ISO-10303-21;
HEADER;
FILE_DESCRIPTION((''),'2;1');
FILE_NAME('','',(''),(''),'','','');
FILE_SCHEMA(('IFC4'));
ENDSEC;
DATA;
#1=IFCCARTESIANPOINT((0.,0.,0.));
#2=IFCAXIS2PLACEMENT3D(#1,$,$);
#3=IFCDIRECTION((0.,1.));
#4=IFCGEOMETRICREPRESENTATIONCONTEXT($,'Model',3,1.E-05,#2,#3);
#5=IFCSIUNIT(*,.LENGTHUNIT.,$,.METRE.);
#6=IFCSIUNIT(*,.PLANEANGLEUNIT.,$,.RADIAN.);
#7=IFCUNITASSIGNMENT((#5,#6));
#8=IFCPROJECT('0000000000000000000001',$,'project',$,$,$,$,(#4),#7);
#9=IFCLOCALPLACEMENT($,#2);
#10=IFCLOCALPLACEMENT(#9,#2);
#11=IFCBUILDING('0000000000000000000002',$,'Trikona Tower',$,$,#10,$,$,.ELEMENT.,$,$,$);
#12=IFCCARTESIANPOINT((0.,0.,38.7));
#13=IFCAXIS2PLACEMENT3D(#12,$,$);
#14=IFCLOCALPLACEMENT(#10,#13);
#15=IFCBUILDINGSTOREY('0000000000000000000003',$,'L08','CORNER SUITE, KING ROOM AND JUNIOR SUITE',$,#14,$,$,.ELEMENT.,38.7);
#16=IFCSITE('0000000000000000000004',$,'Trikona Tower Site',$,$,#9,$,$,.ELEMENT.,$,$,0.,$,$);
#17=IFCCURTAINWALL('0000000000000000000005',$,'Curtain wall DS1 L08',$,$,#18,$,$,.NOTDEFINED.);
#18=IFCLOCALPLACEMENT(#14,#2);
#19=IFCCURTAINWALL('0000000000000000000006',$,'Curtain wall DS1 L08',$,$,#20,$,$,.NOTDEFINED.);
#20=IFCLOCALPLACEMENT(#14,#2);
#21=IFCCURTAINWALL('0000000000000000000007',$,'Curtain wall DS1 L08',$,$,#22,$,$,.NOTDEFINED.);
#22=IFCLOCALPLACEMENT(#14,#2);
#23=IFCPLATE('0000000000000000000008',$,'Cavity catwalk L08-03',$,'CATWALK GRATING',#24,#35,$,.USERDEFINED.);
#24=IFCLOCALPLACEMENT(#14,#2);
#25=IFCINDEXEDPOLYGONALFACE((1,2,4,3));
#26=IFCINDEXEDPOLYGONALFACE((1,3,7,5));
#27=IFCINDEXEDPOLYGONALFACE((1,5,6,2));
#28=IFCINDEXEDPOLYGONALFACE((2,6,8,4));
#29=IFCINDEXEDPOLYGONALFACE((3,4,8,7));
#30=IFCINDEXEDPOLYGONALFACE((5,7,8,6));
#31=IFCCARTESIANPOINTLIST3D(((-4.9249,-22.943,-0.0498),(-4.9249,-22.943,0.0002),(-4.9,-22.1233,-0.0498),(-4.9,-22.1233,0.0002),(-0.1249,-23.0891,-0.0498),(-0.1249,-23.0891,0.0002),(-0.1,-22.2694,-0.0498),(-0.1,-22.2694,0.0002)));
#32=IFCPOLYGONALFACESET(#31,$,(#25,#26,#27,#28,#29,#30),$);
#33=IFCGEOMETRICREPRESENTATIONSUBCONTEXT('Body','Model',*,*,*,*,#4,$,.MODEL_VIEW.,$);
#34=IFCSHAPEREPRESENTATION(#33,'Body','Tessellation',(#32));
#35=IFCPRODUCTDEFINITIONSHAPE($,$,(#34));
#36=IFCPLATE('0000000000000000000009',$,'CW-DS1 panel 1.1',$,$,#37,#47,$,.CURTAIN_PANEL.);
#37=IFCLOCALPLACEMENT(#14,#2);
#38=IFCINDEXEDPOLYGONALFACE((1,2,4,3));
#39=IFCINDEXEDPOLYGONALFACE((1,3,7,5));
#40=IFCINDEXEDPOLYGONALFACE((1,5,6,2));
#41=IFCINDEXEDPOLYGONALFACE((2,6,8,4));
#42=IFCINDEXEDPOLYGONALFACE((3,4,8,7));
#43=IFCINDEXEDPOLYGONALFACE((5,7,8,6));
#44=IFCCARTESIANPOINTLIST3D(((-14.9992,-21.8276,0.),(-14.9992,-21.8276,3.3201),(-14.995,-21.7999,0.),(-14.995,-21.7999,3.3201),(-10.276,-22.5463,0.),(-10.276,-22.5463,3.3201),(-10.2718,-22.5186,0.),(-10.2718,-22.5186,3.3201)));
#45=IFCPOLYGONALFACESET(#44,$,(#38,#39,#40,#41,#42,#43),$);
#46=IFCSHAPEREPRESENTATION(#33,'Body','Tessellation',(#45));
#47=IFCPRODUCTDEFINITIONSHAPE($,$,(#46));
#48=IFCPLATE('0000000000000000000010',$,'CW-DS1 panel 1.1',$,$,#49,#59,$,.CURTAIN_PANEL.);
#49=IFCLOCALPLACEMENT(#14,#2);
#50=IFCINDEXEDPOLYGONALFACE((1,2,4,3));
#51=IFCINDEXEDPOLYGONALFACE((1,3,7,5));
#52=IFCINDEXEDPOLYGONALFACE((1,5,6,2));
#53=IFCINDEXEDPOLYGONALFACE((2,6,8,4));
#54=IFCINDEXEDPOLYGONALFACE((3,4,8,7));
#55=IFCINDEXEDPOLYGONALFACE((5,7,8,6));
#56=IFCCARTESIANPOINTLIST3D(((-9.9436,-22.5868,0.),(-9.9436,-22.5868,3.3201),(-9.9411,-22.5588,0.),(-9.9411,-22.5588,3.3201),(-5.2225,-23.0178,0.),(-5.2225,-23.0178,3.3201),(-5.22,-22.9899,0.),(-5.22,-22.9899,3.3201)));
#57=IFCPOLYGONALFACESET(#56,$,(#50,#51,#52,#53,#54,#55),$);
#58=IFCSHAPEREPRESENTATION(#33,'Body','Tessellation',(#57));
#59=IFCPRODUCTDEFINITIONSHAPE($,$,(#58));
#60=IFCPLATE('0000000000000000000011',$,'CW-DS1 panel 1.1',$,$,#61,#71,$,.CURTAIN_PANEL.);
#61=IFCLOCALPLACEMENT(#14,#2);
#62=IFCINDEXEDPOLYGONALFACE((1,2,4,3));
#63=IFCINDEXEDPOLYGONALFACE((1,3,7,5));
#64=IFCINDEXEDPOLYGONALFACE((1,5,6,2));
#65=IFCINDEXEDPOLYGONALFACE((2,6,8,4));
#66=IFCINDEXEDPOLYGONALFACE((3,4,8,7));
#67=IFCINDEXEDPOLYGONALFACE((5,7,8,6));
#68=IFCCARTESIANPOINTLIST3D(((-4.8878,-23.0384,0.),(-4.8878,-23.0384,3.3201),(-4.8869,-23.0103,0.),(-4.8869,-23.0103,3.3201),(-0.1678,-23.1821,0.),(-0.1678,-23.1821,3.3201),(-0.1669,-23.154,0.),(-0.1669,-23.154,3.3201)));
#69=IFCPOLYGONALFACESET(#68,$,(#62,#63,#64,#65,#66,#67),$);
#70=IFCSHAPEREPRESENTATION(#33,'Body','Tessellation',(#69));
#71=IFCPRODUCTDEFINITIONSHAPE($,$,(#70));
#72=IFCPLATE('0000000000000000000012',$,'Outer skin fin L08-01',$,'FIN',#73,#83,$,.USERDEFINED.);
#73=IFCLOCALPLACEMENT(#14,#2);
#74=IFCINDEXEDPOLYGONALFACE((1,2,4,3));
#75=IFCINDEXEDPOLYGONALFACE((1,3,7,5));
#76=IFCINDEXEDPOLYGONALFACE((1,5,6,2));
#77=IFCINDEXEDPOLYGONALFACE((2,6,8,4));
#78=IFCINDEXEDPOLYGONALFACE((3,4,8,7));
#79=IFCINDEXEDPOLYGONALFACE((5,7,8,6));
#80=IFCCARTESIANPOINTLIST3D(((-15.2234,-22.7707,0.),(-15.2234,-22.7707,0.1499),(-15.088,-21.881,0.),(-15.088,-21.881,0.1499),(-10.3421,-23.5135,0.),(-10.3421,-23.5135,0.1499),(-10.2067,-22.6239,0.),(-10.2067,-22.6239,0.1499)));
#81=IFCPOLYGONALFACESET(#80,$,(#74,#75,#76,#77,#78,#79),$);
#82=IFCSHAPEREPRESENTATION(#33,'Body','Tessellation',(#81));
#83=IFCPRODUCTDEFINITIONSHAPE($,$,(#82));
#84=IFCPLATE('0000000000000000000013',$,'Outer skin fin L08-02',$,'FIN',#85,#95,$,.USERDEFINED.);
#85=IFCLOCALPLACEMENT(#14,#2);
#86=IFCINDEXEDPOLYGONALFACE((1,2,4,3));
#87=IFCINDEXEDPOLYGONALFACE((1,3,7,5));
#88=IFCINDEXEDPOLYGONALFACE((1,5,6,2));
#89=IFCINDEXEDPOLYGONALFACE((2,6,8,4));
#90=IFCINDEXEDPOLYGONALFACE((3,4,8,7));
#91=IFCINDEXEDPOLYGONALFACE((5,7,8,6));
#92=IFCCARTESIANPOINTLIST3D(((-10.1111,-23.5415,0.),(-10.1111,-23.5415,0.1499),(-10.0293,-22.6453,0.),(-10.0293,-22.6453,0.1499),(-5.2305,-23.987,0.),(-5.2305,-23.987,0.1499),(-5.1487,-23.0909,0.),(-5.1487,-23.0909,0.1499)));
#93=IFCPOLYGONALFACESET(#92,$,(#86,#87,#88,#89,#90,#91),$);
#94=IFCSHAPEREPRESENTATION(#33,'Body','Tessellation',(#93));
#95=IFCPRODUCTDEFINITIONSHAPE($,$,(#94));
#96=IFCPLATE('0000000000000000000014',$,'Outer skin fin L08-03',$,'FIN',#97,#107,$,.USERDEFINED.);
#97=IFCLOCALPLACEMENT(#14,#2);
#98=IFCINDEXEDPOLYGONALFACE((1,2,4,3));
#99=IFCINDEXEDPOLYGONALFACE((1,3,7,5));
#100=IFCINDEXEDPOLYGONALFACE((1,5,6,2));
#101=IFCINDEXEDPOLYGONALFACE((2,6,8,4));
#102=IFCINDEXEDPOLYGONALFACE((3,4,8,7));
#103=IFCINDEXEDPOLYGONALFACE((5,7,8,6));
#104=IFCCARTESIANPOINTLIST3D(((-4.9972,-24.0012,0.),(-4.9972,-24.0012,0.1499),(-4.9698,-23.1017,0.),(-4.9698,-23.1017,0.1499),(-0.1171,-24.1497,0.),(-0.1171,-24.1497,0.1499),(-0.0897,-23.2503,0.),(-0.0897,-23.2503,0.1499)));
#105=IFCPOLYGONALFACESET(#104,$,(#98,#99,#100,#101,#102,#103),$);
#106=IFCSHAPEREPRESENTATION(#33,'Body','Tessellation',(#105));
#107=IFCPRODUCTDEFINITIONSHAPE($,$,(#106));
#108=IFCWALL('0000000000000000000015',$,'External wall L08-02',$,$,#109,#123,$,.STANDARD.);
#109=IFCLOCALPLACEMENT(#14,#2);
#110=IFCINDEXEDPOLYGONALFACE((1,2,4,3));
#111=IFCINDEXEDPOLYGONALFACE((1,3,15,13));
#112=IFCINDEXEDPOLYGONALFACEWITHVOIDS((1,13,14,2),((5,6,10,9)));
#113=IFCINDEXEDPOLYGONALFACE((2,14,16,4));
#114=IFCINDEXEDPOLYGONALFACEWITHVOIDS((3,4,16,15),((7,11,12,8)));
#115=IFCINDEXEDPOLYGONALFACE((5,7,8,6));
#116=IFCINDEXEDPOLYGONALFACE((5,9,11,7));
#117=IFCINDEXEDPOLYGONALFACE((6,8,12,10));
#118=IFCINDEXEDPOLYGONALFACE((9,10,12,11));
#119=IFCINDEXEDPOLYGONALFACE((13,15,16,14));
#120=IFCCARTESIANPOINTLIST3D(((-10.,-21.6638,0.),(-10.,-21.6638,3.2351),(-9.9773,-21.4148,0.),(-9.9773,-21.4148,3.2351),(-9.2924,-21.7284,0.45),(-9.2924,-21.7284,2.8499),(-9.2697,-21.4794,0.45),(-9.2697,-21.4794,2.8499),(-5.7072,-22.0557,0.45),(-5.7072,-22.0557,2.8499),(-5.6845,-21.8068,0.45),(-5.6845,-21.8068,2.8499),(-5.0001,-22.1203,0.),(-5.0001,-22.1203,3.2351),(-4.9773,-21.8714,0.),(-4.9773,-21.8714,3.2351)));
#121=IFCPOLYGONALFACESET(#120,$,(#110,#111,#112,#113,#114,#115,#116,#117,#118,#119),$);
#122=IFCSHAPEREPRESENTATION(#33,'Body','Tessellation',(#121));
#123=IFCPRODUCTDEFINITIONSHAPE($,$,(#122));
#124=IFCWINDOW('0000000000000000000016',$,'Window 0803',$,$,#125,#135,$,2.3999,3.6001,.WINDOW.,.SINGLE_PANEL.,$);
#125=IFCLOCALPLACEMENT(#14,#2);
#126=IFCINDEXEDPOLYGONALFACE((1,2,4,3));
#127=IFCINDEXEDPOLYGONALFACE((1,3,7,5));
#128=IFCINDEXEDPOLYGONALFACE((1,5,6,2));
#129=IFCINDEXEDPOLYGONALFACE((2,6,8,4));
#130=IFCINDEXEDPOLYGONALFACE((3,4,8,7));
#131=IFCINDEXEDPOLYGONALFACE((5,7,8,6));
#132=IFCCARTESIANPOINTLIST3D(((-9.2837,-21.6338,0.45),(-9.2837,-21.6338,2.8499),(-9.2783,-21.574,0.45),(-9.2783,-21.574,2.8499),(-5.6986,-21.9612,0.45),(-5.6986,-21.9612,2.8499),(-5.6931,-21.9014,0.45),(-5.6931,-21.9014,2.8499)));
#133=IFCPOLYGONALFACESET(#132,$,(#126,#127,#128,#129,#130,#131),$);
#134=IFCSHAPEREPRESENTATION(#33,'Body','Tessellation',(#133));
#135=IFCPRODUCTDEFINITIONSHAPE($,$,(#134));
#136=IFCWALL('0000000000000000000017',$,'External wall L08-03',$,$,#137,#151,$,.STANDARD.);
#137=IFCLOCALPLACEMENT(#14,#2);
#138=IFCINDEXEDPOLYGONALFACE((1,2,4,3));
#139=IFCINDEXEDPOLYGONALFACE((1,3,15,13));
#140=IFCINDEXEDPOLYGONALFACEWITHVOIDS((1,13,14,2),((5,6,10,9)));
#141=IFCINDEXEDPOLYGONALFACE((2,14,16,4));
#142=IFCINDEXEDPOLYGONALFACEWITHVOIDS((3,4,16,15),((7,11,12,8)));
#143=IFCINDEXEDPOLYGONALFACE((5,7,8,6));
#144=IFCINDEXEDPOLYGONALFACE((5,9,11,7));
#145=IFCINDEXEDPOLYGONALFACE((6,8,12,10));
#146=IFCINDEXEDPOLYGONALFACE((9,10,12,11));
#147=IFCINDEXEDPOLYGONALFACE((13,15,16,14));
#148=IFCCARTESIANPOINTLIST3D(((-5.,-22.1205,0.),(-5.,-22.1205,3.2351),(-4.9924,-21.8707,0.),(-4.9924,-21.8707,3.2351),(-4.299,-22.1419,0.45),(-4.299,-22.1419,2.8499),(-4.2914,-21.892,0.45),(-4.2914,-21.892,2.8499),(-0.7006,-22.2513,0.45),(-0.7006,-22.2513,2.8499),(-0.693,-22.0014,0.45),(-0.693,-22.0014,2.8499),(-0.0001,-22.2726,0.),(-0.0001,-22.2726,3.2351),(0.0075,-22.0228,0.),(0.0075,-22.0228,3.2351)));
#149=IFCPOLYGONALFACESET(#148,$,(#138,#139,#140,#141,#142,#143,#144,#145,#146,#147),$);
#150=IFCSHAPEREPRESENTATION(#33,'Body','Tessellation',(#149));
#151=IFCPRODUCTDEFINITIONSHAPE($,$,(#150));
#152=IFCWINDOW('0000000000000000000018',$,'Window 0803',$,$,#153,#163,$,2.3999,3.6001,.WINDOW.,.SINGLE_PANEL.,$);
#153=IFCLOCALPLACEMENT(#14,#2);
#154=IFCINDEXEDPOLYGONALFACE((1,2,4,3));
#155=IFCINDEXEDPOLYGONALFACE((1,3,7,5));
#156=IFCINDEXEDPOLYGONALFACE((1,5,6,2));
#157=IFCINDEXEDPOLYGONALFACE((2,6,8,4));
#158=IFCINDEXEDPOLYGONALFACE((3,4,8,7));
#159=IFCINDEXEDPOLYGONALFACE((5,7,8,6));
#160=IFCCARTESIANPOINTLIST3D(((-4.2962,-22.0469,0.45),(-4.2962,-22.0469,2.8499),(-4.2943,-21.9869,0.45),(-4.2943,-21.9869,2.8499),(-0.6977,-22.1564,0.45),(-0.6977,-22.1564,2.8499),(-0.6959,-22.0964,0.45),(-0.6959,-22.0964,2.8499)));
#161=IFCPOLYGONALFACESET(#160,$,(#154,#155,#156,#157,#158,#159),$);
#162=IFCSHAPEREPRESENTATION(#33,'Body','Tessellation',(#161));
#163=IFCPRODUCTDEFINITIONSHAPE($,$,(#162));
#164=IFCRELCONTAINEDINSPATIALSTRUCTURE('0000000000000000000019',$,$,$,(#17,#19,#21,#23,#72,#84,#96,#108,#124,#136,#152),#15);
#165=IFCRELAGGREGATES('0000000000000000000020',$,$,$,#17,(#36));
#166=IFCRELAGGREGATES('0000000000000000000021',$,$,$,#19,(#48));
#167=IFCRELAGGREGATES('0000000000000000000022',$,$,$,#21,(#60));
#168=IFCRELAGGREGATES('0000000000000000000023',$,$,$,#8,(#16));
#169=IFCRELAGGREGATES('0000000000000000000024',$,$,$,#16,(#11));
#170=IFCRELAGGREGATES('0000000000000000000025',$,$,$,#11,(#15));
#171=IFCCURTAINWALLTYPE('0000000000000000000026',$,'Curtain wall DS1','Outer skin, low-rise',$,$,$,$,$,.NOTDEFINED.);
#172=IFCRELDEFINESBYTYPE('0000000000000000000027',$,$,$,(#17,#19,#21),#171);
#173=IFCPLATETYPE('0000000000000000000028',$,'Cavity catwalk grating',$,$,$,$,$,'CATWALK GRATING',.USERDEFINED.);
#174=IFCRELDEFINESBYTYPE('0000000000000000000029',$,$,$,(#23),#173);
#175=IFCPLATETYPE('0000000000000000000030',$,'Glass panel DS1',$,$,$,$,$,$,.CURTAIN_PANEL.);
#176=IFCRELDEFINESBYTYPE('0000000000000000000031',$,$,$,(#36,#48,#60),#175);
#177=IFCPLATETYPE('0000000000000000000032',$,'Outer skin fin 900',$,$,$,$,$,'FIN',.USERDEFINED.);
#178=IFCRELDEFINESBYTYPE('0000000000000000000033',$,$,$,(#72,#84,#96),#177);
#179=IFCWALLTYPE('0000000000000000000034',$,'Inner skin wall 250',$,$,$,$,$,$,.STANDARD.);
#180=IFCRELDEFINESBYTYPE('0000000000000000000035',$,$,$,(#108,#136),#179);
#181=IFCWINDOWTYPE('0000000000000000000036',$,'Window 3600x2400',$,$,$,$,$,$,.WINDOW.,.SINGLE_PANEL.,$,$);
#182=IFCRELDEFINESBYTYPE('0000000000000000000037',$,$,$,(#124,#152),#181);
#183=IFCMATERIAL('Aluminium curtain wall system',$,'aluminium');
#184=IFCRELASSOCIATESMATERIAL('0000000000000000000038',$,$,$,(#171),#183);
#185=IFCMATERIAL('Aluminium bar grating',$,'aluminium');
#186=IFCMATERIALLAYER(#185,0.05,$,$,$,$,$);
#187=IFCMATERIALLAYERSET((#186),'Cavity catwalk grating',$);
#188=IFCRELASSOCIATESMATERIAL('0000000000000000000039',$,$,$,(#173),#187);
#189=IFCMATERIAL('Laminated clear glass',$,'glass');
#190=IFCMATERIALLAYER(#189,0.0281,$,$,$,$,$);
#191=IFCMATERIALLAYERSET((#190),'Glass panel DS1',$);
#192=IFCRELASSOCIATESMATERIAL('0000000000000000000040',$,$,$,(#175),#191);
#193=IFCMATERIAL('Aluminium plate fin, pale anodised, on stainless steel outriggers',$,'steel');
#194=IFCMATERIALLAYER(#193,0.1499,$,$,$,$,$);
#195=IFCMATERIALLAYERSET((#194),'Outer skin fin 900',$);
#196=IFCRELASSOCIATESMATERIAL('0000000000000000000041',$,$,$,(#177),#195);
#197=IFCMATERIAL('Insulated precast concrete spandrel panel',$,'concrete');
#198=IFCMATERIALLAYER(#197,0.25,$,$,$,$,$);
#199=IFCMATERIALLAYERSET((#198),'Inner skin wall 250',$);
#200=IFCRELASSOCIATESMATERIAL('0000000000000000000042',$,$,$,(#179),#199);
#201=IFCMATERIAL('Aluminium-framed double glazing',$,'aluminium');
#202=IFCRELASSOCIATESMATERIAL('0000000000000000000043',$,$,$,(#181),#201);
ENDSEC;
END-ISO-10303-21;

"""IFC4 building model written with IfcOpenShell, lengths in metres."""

from ifc_helpers import new_model, si_unit, direction, frame, frame_2d, origin, origin_2d, place, context, subcontext, project, spatial, rectangle, extrude, material, layer, layer_set, type_object, element, fill, aggregate, save


model = new_model("IFC4")

# Units and contexts
model_context = context("Model", 3, precision=1e-05, world=origin(), true_north=direction((0.0, 1.0)))
body_context = subcontext(model_context, "Body", "Model", "MODEL_VIEW")
ifc_project = project(units=[si_unit("LENGTHUNIT", "METRE"), si_unit("PLANEANGLEUNIT", "RADIAN")], contexts=[model_context])

# Site, building, storey
site_placement = place(None, origin())
site = spatial("IfcSite", under=ifc_project, at=site_placement, Name="Trikona Tower Site", CompositionType="ELEMENT", RefElevation=0.0)
building_placement = place(site_placement, origin())
building = spatial("IfcBuilding", under=site, at=building_placement, Name="Trikona Tower", CompositionType="ELEMENT")
storey_placement = place(building_placement, frame((0.0, 0.0, 38.7)))
storey = spatial("IfcBuildingStorey", under=building, at=storey_placement, Name="L08", Description="CORNER SUITE, KING ROOM AND JUNIOR SUITE", CompositionType="ELEMENT", Elevation=38.7)

# Curtain wall
ifc_material_1 = material(Name="Aluminium curtain wall system", Category="aluminium")
curtain_wall_type = type_object("IfcCurtainWallType", Name="Curtain wall DS1", Description="Outer skin, low-rise", PredefinedType="NOTDEFINED", material=ifc_material_1)
curtain_wall_1_placement = place(storey_placement, origin())
curtain_wall_1 = element("IfcCurtainWall", 1, at=curtain_wall_1_placement, inside=storey, type_object=curtain_wall_type, Name="Curtain wall DS1 L08", PredefinedType="NOTDEFINED")

# Curtain walls
curtain_wall_2_placement = place(storey_placement, origin())
curtain_wall_2 = element("IfcCurtainWall", 2, at=curtain_wall_2_placement, inside=storey, type_object=curtain_wall_type, Name="Curtain wall DS1 L08", PredefinedType="NOTDEFINED")
curtain_wall_3_placement = place(storey_placement, origin())
curtain_wall_3 = element("IfcCurtainWall", 3, at=curtain_wall_3_placement, inside=storey, type_object=curtain_wall_type, Name="Curtain wall DS1 L08", PredefinedType="NOTDEFINED")

# Plate
ifc_material_2 = material(Name="Aluminium bar grating", Category="aluminium")
ifc_layer_1 = layer(ifc_material_2, 0.05)
ifc_layer_set_1 = layer_set([ifc_layer_1], Name="Cavity catwalk grating")
plate_type_1 = type_object("IfcPlateType", Name="Cavity catwalk grating", ElementType="CATWALK GRATING", PredefinedType="USERDEFINED", material=ifc_layer_set_1)
plate_1_placement = place(storey_placement, frame((-2.5125, -22.6062, -0.0498), z_axis=(0.0, 0.0, 1.0), x_axis=(0.999537, -0.030425, 0.0)))
element("IfcPlate", 4, at=plate_1_placement, inside=storey, type_object=plate_type_1, Name="Cavity catwalk L08-03", ObjectType="CATWALK GRATING", PredefinedType="USERDEFINED", context=body_context, shape_type="SweptSolid", body=[
    extrude(rectangle(XDim=4.8022, YDim=0.8201, at=origin_2d()), origin(), (0.0, 0.0, 1.0), 0.05),
])

# Plates
ifc_material_3 = material(Name="Laminated clear glass", Category="glass")
ifc_layer_2 = layer(ifc_material_3, 0.0281)
ifc_layer_set_2 = layer_set([ifc_layer_2], Name="Glass panel DS1")
plate_type_2 = type_object("IfcPlateType", Name="Glass panel DS1", PredefinedType="CURTAIN_PANEL", material=ifc_layer_set_2)
plate_2_placement = place(storey_placement, frame((-12.6355, -22.1731, 0.0), z_axis=(0.0, 0.0, 1.0), x_axis=(0.988619, -0.150438, 0.0)))
plate_2 = element("IfcPlate", 5, at=plate_2_placement, type_object=plate_type_2, Name="CW-DS1 panel 1.1", PredefinedType="CURTAIN_PANEL", context=body_context, shape_type="SweptSolid", body=[
    extrude(rectangle(XDim=4.7776, YDim=0.0281, at=origin_2d()), origin(), (0.0, 0.0, 1.0), 3.3201),
])
aggregate(curtain_wall_1, [plate_2])
plate_3_placement = place(storey_placement, frame((-7.5818, -22.7883, 0.0), z_axis=(0.0, 0.0, 1.0), x_axis=(0.995858, -0.090924, 0.0)))
plate_3 = element("IfcPlate", 6, at=plate_3_placement, type_object=plate_type_2, Name="CW-DS1 panel 1.1", PredefinedType="CURTAIN_PANEL", context=body_context, shape_type="SweptSolid", body=[
    extrude(rectangle(XDim=4.7407, YDim=0.0281, at=origin_2d()), origin(), (0.0, 0.0, 1.0), 3.3201),
])
aggregate(curtain_wall_2, [plate_3])
plate_4_placement = place(storey_placement, frame((-2.5273, -23.0962, 0.0), z_axis=(0.0, 0.0, 1.0), x_axis=(0.999537, -0.030437, 0.0)))
plate_4 = element("IfcPlate", 7, at=plate_4_placement, type_object=plate_type_2, Name="CW-DS1 panel 1.1", PredefinedType="CURTAIN_PANEL", context=body_context, shape_type="SweptSolid", body=[
    extrude(rectangle(XDim=4.7222, YDim=0.0281, at=origin_2d()), origin(), (0.0, 0.0, 1.0), 3.3201),
])
aggregate(curtain_wall_3, [plate_4])

# Plates
ifc_material_4 = material(Name="Aluminium plate fin, pale anodised, on stainless steel outriggers", Category="steel")
ifc_layer_3 = layer(ifc_material_4, 0.1499)
ifc_layer_set_3 = layer_set([ifc_layer_3], Name="Outer skin fin 900")
plate_type_3 = type_object("IfcPlateType", Name="Outer skin fin 900", ElementType="FIN", PredefinedType="USERDEFINED", material=ifc_layer_set_3)
plate_5_placement = place(storey_placement, frame((-12.7151, -22.6973, 0.0), z_axis=(0.0, 0.0, 1.0), x_axis=(0.988618, -0.150448, 0.0)))
element("IfcPlate", 8, at=plate_5_placement, inside=storey, type_object=plate_type_3, Name="Outer skin fin L08-01", ObjectType="FIN", PredefinedType="USERDEFINED", context=body_context, shape_type="SweptSolid", body=[
    extrude(rectangle(XDim=4.9375, YDim=0.8999, at=origin_2d()), origin(), (0.0, 0.0, 1.0), 0.1499),
])
plate_6_placement = place(storey_placement, frame((-7.6299, -23.3162, 0.0), z_axis=(0.0, 0.0, 1.0), x_axis=(0.995858, -0.090921, 0.0)))
element("IfcPlate", 9, at=plate_6_placement, inside=storey, type_object=plate_type_3, Name="Outer skin fin L08-02", ObjectType="FIN", PredefinedType="USERDEFINED", context=body_context, shape_type="SweptSolid", body=[
    extrude(rectangle(XDim=4.9009, YDim=0.8999, at=origin_2d()), origin(), (0.0, 0.0, 1.0), 0.1499),
])
plate_7_placement = place(storey_placement, frame((-2.5435, -23.6257, 0.0), z_axis=(0.0, 0.0, 1.0), x_axis=(0.999537, -0.030425, 0.0)))
element("IfcPlate", 10, at=plate_7_placement, inside=storey, type_object=plate_type_3, Name="Outer skin fin L08-03", ObjectType="FIN", PredefinedType="USERDEFINED", context=body_context, shape_type="SweptSolid", body=[
    extrude(rectangle(XDim=4.8823, YDim=0.8999, at=origin_2d()), origin(), (0.0, 0.0, 1.0), 0.1499),
])

# Walls, openings, windows
ifc_material_5 = material(Name="Insulated precast concrete spandrel panel", Category="concrete")
ifc_layer_4 = layer(ifc_material_5, 0.25)
ifc_layer_set_4 = layer_set([ifc_layer_4], Name="Inner skin wall 250")
wall_type = type_object("IfcWallType", Name="Inner skin wall 250", PredefinedType="STANDARD", material=ifc_layer_set_4)
wall_1_placement = place(storey_placement, frame((-9.9885, -21.5393, 0.0), z_axis=(0.0, 0.0, 1.0), x_axis=(0.995857, -0.09093, 0.0)))
wall_1 = element("IfcWall", 11, at=wall_1_placement, inside=storey, type_object=wall_type, Name="External wall L08-02", PredefinedType="STANDARD", context=body_context, shape_type="SweptSolid", body=[
    extrude(rectangle(XDim=5.0208, YDim=0.25, at=frame_2d((2.5103, 0.0))), origin(), (0.0, 0.0, 1.0), 3.2351),
])
opening_1_placement = place(wall_1_placement, frame((0.7104, 0.0, 0.45)))
opening_1 = element("IfcOpeningElement", 12, at=opening_1_placement, cuts=wall_1, PredefinedType="OPENING", context=body_context, shape_type="SweptSolid", body=[
    extrude(rectangle(XDim=3.6001, YDim=2.3999, at=frame_2d((1.8, 1.2))), frame((0.0, 0.135, 0.0), z_axis=(0.0, -1.0, 0.0), x_axis=(1.0, 0.0, 0.0)), (0.0, 0.0, 1.0), 0.27),
])
ifc_material_6 = material(Name="Aluminium-framed double glazing", Category="aluminium")
window_type = type_object("IfcWindowType", Name="Window 3600x2400", PartitioningType="SINGLE_PANEL", PredefinedType="WINDOW", material=ifc_material_6)
window_1_placement = place(opening_1_placement, origin())
window_1 = element("IfcWindow", 13, at=window_1_placement, inside=storey, type_object=window_type, Name="Window 0803", OverallHeight=2.3999, OverallWidth=3.6001, PartitioningType="SINGLE_PANEL", PredefinedType="WINDOW", context=body_context, shape_type="SweptSolid", body=[
    extrude(rectangle(XDim=3.6001, YDim=2.3999, at=frame_2d((1.8, 1.2))), frame((0.0, 0.03, 0.0), z_axis=(0.0, -1.0, 0.0), x_axis=(1.0, 0.0, 0.0)), (0.0, 0.0, 1.0), 0.0601),
])
fill(opening_1, window_1)
wall_2_placement = place(storey_placement, frame((-4.9961, -21.9956, 0.0), z_axis=(0.0, 0.0, 1.0), x_axis=(0.999538, -0.030406, 0.0)))
wall_2 = element("IfcWall", 14, at=wall_2_placement, inside=storey, type_object=wall_type, Name="External wall L08-03", PredefinedType="STANDARD", context=body_context, shape_type="SweptSolid", body=[
    extrude(rectangle(XDim=5.0022, YDim=0.25, at=frame_2d((2.501, 0.0))), origin(), (0.0, 0.0, 1.0), 3.2351),
])
opening_2_placement = place(wall_2_placement, frame((0.7012, 0.0, 0.45)))
opening_2 = element("IfcOpeningElement", 15, at=opening_2_placement, cuts=wall_2, PredefinedType="OPENING", context=body_context, shape_type="SweptSolid", body=[
    extrude(rectangle(XDim=3.6001, YDim=2.3999, at=frame_2d((1.8, 1.2))), frame((0.0, 0.135, 0.0), z_axis=(0.0, -1.0, 0.0), x_axis=(1.0, 0.0, 0.0)), (0.0, 0.0, 1.0), 0.27),
])
window_2_placement = place(opening_2_placement, origin())
window_2 = element("IfcWindow", 16, at=window_2_placement, inside=storey, type_object=window_type, Name="Window 0803", OverallHeight=2.3999, OverallWidth=3.6001, PartitioningType="SINGLE_PANEL", PredefinedType="WINDOW", context=body_context, shape_type="SweptSolid", body=[
    extrude(rectangle(XDim=3.6001, YDim=2.3999, at=frame_2d((1.8, 1.2))), frame((0.0, 0.03, 0.0), z_axis=(0.0, -1.0, 0.0), x_axis=(1.0, 0.0, 0.0)), (0.0, 0.0, 1.0), 0.0601),
])
fill(opening_2, window_2)

save(model, "model.ifc")
